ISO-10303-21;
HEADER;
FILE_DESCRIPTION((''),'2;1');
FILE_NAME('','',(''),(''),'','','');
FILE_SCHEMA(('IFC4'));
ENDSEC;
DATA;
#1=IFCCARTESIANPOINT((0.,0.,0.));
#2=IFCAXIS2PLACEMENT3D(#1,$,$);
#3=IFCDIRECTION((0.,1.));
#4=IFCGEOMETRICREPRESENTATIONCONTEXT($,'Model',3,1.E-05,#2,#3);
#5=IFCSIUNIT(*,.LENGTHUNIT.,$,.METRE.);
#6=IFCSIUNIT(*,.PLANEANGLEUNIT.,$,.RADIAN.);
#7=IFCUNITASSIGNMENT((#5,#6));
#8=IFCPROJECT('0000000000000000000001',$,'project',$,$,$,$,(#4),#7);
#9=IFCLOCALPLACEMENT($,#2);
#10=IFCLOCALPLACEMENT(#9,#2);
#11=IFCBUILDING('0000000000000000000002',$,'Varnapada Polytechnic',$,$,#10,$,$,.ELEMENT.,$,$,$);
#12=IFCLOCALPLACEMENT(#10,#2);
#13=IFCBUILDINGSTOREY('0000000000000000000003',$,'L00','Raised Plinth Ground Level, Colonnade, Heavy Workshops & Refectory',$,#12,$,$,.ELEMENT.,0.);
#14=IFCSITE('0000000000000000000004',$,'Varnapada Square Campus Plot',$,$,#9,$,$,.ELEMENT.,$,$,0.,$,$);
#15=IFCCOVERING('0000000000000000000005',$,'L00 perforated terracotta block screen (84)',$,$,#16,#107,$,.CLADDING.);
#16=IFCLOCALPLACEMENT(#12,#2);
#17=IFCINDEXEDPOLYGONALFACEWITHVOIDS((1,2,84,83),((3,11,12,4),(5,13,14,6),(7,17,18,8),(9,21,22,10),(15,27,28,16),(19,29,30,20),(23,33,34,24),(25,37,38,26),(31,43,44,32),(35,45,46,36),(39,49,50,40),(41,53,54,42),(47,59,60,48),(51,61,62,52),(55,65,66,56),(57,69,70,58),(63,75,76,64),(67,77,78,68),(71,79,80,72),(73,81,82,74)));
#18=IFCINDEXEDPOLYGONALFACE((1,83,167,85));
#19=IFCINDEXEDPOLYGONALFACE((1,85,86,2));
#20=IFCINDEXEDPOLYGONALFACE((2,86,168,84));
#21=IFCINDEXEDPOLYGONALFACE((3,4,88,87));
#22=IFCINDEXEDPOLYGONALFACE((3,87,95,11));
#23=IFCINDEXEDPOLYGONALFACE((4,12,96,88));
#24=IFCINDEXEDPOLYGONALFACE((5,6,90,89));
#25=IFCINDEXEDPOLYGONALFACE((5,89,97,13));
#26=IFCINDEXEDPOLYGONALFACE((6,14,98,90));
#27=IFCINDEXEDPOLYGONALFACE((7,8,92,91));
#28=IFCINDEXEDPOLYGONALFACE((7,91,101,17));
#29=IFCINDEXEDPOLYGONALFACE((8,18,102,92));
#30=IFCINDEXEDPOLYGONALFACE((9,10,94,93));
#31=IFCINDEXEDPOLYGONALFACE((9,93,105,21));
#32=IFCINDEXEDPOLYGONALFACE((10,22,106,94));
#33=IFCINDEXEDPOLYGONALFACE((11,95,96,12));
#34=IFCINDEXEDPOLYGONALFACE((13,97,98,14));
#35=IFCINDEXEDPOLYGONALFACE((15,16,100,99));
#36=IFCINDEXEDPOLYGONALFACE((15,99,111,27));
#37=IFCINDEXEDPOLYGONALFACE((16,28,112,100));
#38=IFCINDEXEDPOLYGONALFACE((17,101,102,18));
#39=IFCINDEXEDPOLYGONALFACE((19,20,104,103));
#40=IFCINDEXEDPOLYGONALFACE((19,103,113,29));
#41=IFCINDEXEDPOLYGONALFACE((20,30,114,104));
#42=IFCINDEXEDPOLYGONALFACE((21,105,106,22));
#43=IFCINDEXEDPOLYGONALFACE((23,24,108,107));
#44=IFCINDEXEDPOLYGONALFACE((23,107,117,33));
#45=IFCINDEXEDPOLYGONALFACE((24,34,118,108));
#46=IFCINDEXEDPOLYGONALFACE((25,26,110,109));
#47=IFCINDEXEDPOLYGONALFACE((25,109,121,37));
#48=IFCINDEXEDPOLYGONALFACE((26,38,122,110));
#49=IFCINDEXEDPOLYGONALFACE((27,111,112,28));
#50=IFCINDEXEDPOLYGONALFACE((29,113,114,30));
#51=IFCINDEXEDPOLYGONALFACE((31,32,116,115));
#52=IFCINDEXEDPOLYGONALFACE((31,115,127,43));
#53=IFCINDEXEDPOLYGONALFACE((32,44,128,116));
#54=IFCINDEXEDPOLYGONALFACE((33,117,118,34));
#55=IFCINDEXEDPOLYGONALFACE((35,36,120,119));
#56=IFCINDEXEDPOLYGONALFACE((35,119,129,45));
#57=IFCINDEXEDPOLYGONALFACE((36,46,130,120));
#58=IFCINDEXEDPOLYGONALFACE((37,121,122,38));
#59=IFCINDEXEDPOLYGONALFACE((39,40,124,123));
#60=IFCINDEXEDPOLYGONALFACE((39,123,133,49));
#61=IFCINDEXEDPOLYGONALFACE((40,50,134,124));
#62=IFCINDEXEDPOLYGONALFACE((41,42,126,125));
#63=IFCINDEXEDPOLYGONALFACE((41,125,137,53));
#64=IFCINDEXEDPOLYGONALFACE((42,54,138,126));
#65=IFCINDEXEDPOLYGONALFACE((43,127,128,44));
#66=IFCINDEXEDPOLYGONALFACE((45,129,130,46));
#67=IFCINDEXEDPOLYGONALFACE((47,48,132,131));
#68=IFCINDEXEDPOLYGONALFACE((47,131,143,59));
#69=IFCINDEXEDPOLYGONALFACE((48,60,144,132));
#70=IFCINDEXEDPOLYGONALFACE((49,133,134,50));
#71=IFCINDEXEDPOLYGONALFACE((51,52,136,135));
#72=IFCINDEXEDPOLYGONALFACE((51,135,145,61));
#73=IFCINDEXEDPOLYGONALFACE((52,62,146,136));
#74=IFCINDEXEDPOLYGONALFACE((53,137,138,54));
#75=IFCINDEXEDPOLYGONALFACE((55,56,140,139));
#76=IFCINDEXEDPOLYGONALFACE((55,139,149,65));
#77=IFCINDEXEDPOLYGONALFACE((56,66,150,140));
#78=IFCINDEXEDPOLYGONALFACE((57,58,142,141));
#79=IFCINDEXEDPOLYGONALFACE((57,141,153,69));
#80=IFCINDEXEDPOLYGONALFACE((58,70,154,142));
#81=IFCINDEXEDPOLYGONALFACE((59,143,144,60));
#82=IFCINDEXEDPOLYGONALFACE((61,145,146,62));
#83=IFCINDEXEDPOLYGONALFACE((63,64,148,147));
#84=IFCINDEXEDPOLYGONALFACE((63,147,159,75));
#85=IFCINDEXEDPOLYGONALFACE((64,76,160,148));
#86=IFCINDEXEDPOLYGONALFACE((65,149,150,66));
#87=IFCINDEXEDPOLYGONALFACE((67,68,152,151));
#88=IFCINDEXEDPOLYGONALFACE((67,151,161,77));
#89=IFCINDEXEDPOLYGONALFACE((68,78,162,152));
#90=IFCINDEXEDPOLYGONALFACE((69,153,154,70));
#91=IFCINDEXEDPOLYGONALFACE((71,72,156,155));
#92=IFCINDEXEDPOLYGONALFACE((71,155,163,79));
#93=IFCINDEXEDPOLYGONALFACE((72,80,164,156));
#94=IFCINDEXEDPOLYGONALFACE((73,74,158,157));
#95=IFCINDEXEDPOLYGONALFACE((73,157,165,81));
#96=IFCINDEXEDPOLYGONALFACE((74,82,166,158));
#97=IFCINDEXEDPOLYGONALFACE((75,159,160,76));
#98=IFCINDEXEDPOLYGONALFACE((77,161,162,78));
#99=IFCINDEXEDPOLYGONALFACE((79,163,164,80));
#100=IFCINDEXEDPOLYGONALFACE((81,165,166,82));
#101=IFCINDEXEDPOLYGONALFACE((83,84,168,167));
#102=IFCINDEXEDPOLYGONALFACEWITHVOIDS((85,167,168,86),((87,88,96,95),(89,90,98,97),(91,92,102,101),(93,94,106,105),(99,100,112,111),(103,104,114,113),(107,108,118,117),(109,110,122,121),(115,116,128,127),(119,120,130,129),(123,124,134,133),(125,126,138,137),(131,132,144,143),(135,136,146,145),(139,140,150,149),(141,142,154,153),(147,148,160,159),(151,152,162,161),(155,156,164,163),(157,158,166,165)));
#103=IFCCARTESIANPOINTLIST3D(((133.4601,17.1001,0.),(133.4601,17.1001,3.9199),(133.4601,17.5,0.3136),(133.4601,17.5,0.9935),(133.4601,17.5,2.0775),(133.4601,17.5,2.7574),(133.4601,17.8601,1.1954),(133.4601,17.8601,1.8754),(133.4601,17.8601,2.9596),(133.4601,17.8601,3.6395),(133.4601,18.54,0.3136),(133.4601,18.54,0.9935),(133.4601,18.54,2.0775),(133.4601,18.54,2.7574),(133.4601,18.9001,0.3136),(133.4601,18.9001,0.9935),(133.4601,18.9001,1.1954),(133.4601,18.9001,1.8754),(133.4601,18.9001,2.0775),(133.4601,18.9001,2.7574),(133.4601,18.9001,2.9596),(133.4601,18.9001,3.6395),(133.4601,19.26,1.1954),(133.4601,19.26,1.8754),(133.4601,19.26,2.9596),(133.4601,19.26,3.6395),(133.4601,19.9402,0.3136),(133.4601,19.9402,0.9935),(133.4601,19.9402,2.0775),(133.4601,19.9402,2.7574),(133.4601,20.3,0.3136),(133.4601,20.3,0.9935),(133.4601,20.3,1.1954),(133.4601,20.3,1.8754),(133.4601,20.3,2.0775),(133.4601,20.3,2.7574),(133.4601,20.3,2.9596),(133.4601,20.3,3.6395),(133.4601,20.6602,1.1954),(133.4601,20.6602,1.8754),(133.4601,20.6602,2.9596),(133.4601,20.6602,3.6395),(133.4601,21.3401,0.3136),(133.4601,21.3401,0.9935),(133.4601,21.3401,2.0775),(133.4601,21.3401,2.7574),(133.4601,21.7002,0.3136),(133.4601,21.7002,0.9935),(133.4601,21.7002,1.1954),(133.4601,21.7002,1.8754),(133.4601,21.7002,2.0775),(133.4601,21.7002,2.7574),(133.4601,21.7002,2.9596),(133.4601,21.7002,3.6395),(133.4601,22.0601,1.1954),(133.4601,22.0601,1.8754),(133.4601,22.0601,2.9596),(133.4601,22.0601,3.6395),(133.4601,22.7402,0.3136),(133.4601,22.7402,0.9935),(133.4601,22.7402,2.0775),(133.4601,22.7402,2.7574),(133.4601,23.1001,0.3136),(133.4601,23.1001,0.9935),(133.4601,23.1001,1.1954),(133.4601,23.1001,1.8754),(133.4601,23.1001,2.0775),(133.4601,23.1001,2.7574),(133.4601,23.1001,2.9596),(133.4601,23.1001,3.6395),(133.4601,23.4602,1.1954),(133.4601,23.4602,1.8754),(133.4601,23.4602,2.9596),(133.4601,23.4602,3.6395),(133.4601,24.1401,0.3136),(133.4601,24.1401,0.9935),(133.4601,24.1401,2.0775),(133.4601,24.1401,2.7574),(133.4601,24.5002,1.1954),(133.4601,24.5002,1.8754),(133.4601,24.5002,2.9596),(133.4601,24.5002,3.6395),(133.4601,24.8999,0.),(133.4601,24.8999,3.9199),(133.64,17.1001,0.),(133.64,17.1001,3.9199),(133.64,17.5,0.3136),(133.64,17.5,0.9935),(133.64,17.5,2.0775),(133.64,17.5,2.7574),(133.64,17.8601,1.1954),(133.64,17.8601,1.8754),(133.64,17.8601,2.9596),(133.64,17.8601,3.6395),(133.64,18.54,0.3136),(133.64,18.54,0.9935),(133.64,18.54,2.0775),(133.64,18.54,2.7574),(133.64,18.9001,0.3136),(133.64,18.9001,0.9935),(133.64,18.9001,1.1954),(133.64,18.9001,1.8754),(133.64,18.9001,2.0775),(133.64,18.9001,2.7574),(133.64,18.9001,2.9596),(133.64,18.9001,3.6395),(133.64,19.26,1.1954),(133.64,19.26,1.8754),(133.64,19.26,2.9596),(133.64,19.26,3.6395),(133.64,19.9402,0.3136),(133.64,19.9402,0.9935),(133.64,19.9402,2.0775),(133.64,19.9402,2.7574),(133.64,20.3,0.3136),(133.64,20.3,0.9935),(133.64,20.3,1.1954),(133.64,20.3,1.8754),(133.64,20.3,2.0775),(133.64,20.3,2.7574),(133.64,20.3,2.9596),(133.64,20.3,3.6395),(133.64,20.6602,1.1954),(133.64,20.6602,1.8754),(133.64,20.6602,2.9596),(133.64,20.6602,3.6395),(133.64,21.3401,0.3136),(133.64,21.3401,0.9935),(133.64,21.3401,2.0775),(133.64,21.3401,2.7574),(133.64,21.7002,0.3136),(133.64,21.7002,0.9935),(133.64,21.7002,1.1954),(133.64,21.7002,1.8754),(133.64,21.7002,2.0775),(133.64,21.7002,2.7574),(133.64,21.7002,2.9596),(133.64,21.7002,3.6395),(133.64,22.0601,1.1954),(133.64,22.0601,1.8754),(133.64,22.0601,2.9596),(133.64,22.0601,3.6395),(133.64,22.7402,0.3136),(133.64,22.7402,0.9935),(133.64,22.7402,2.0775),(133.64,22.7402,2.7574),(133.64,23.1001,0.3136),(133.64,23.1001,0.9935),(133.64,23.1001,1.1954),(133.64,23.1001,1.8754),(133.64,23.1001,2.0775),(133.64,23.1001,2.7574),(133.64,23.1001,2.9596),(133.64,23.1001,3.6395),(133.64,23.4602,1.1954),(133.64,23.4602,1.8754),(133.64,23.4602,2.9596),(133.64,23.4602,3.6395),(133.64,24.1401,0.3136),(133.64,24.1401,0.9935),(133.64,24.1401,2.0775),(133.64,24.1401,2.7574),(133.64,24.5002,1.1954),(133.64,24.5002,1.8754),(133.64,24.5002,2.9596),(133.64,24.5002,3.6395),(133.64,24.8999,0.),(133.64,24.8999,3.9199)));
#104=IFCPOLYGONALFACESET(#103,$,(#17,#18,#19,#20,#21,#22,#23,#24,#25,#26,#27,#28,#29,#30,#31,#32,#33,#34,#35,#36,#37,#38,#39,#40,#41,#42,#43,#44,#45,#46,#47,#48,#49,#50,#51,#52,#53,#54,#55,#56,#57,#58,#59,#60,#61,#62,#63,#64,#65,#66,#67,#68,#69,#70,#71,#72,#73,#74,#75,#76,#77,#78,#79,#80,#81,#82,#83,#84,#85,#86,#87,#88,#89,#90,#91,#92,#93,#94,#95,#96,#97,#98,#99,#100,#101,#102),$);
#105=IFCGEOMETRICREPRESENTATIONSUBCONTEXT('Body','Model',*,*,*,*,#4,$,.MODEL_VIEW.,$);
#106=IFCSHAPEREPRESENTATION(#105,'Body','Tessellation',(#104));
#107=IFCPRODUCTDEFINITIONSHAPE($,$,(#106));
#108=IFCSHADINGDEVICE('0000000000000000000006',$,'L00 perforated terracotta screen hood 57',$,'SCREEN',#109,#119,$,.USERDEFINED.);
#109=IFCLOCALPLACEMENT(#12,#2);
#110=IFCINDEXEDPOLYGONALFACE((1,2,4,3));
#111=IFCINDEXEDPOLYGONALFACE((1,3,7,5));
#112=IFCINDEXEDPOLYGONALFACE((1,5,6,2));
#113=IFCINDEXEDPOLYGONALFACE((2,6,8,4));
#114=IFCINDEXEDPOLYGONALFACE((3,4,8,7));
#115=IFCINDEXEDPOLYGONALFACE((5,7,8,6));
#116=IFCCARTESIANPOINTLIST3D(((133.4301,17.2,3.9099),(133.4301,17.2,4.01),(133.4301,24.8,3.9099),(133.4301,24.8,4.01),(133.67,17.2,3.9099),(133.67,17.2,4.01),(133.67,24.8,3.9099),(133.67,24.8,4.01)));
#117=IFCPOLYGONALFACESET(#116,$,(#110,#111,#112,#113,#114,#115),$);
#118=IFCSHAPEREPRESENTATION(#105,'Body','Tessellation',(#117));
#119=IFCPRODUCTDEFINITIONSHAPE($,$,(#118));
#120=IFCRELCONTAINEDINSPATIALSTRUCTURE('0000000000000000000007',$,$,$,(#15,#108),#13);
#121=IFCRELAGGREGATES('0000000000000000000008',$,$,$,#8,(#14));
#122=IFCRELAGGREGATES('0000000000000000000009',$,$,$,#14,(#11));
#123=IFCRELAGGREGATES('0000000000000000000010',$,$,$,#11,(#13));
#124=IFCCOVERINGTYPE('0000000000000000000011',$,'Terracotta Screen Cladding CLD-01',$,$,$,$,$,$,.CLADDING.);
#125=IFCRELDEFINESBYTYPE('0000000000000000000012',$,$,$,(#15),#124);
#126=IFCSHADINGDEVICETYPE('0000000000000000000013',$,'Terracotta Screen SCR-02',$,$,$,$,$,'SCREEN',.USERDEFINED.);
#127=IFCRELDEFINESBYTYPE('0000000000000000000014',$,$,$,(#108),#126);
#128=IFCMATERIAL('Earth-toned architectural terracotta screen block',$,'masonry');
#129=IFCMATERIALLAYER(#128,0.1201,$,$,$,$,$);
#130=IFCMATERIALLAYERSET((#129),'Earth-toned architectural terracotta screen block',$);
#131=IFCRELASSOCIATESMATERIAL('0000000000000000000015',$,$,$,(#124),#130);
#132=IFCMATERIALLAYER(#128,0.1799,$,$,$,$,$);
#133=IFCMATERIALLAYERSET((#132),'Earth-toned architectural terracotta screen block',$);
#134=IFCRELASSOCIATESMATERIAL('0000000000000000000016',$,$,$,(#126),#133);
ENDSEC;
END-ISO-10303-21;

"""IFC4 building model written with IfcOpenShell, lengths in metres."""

from ifc_helpers import new_model, si_unit, direction, frame, frame_2d, origin, origin_2d, place, context, subcontext, project, spatial, rectangle, extrude, material, layer, layer_set, type_object, element, save


model = new_model("IFC4")

# Units and contexts
model_context = context("Model", 3, precision=1e-05, world=origin(), true_north=direction((0.0, 1.0)))
body_context = subcontext(model_context, "Body", "Model", "MODEL_VIEW")
ifc_project = project(units=[si_unit("LENGTHUNIT", "METRE"), si_unit("PLANEANGLEUNIT", "RADIAN")], contexts=[model_context])

# Site, building, storey
site_placement = place(None, origin())
site = spatial("IfcSite", under=ifc_project, at=site_placement, Name="Varnapada Square Campus Plot", CompositionType="ELEMENT", RefElevation=0.0)
building_placement = place(site_placement, origin())
building = spatial("IfcBuilding", under=site, at=building_placement, Name="Varnapada Polytechnic", CompositionType="ELEMENT")
storey_placement = place(building_placement, origin())
storey = spatial("IfcBuildingStorey", under=building, at=storey_placement, Name="L00", Description="Raised Plinth Ground Level, Colonnade, Heavy Workshops & Refectory", CompositionType="ELEMENT", Elevation=0.0)

# Covering, openings
ifc_material_1 = material(Name="Earth-toned architectural terracotta screen block", Category="masonry")
ifc_layer_1 = layer(ifc_material_1, 0.1201)
ifc_layer_set_1 = layer_set([ifc_layer_1], Name="Earth-toned architectural terracotta screen block")
covering_type = type_object("IfcCoveringType", Name="Terracotta Screen Cladding CLD-01", PredefinedType="CLADDING", material=ifc_layer_set_1)
covering_placement = place(storey_placement, frame((133.55, 17.1001, 0.0), z_axis=(0.0, 0.0, 1.0), x_axis=(0.0, 1.0, 0.0)))
covering = element("IfcCovering", 1, at=covering_placement, inside=storey, type_object=covering_type, Name="L00 perforated terracotta block screen (84)", PredefinedType="CLADDING", context=body_context, shape_type="SweptSolid", body=[
    extrude(rectangle(XDim=7.7998, YDim=0.1799, at=frame_2d((3.8999, 0.0))), origin(), (0.0, 0.0, 1.0), 3.9199),
])
opening_1_placement = place(covering_placement, frame((0.3999, 0.0, 0.3137)))
element("IfcOpeningElement", 2, at=opening_1_placement, cuts=covering, PredefinedType="OPENING", context=body_context, shape_type="SweptSolid", body=[
    extrude(rectangle(XDim=1.04, YDim=0.6799, at=frame_2d((0.52, 0.3398))), frame((0.0, 0.0999, 0.0), z_axis=(0.0, -1.0, 0.0), x_axis=(1.0, 0.0, 0.0)), (0.0, 0.0, 1.0), 0.2),
])
opening_2_placement = place(covering_placement, frame((1.8, 0.0, 0.3137)))
element("IfcOpeningElement", 3, at=opening_2_placement, cuts=covering, PredefinedType="OPENING", context=body_context, shape_type="SweptSolid", body=[
    extrude(rectangle(XDim=1.04, YDim=0.6799, at=frame_2d((0.52, 0.3398))), frame((0.0, 0.0999, 0.0), z_axis=(0.0, -1.0, 0.0), x_axis=(1.0, 0.0, 0.0)), (0.0, 0.0, 1.0), 0.2),
])
opening_3_placement = place(covering_placement, frame((3.2, 0.0, 0.3137)))
element("IfcOpeningElement", 4, at=opening_3_placement, cuts=covering, PredefinedType="OPENING", context=body_context, shape_type="SweptSolid", body=[
    extrude(rectangle(XDim=1.04, YDim=0.6799, at=frame_2d((0.52, 0.3398))), frame((0.0, 0.0999, 0.0), z_axis=(0.0, -1.0, 0.0), x_axis=(1.0, 0.0, 0.0)), (0.0, 0.0, 1.0), 0.2),
])
opening_4_placement = place(covering_placement, frame((4.6001, 0.0, 0.3137)))
element("IfcOpeningElement", 5, at=opening_4_placement, cuts=covering, PredefinedType="OPENING", context=body_context, shape_type="SweptSolid", body=[
    extrude(rectangle(XDim=1.04, YDim=0.6799, at=frame_2d((0.52, 0.3398))), frame((0.0, 0.0999, 0.0), z_axis=(0.0, -1.0, 0.0), x_axis=(1.0, 0.0, 0.0)), (0.0, 0.0, 1.0), 0.2),
])
opening_5_placement = place(covering_placement, frame((6.0, 0.0, 0.3137)))
element("IfcOpeningElement", 6, at=opening_5_placement, cuts=covering, PredefinedType="OPENING", context=body_context, shape_type="SweptSolid", body=[
    extrude(rectangle(XDim=1.04, YDim=0.6799, at=frame_2d((0.52, 0.3398))), frame((0.0, 0.0999, 0.0), z_axis=(0.0, -1.0, 0.0), x_axis=(1.0, 0.0, 0.0)), (0.0, 0.0, 1.0), 0.2),
])
opening_6_placement = place(covering_placement, frame((0.76, 0.0, 1.1956)))
element("IfcOpeningElement", 7, at=opening_6_placement, cuts=covering, PredefinedType="OPENING", context=body_context, shape_type="SweptSolid", body=[
    extrude(rectangle(XDim=1.04, YDim=0.6799, at=frame_2d((0.52, 0.3398))), frame((0.0, 0.0999, 0.0), z_axis=(0.0, -1.0, 0.0), x_axis=(1.0, 0.0, 0.0)), (0.0, 0.0, 1.0), 0.2),
])
opening_7_placement = place(covering_placement, frame((2.1599, 0.0, 1.1956)))
element("IfcOpeningElement", 8, at=opening_7_placement, cuts=covering, PredefinedType="OPENING", context=body_context, shape_type="SweptSolid", body=[
    extrude(rectangle(XDim=1.04, YDim=0.6799, at=frame_2d((0.52, 0.3398))), frame((0.0, 0.0999, 0.0), z_axis=(0.0, -1.0, 0.0), x_axis=(1.0, 0.0, 0.0)), (0.0, 0.0, 1.0), 0.2),
])
opening_8_placement = place(covering_placement, frame((3.5601, 0.0, 1.1956)))
element("IfcOpeningElement", 9, at=opening_8_placement, cuts=covering, PredefinedType="OPENING", context=body_context, shape_type="SweptSolid", body=[
    extrude(rectangle(XDim=1.04, YDim=0.6799, at=frame_2d((0.52, 0.3398))), frame((0.0, 0.0999, 0.0), z_axis=(0.0, -1.0, 0.0), x_axis=(1.0, 0.0, 0.0)), (0.0, 0.0, 1.0), 0.2),
])
opening_9_placement = place(covering_placement, frame((4.96, 0.0, 1.1956)))
element("IfcOpeningElement", 10, at=opening_9_placement, cuts=covering, PredefinedType="OPENING", context=body_context, shape_type="SweptSolid", body=[
    extrude(rectangle(XDim=1.04, YDim=0.6799, at=frame_2d((0.52, 0.3398))), frame((0.0, 0.0999, 0.0), z_axis=(0.0, -1.0, 0.0), x_axis=(1.0, 0.0, 0.0)), (0.0, 0.0, 1.0), 0.2),
])
opening_10_placement = place(covering_placement, frame((6.3601, 0.0, 1.1956)))
element("IfcOpeningElement", 11, at=opening_10_placement, cuts=covering, PredefinedType="OPENING", context=body_context, shape_type="SweptSolid", body=[
    extrude(rectangle(XDim=1.04, YDim=0.6799, at=frame_2d((0.52, 0.3398))), frame((0.0, 0.0999, 0.0), z_axis=(0.0, -1.0, 0.0), x_axis=(1.0, 0.0, 0.0)), (0.0, 0.0, 1.0), 0.2),
])
opening_11_placement = place(covering_placement, frame((0.3999, 0.0, 2.0776)))
element("IfcOpeningElement", 12, at=opening_11_placement, cuts=covering, PredefinedType="OPENING", context=body_context, shape_type="SweptSolid", body=[
    extrude(rectangle(XDim=1.04, YDim=0.6799, at=frame_2d((0.52, 0.3398))), frame((0.0, 0.0999, 0.0), z_axis=(0.0, -1.0, 0.0), x_axis=(1.0, 0.0, 0.0)), (0.0, 0.0, 1.0), 0.2),
])
opening_12_placement = place(covering_placement, frame((1.8, 0.0, 2.0776)))
element("IfcOpeningElement", 13, at=opening_12_placement, cuts=covering, PredefinedType="OPENING", context=body_context, shape_type="SweptSolid", body=[
    extrude(rectangle(XDim=1.04, YDim=0.6799, at=frame_2d((0.52, 0.3398))), frame((0.0, 0.0999, 0.0), z_axis=(0.0, -1.0, 0.0), x_axis=(1.0, 0.0, 0.0)), (0.0, 0.0, 1.0), 0.2),
])
opening_13_placement = place(covering_placement, frame((3.2, 0.0, 2.0776)))
element("IfcOpeningElement", 14, at=opening_13_placement, cuts=covering, PredefinedType="OPENING", context=body_context, shape_type="SweptSolid", body=[
    extrude(rectangle(XDim=1.04, YDim=0.6799, at=frame_2d((0.52, 0.3398))), frame((0.0, 0.0999, 0.0), z_axis=(0.0, -1.0, 0.0), x_axis=(1.0, 0.0, 0.0)), (0.0, 0.0, 1.0), 0.2),
])
opening_14_placement = place(covering_placement, frame((4.6001, 0.0, 2.0776)))
element("IfcOpeningElement", 15, at=opening_14_placement, cuts=covering, PredefinedType="OPENING", context=body_context, shape_type="SweptSolid", body=[
    extrude(rectangle(XDim=1.04, YDim=0.6799, at=frame_2d((0.52, 0.3398))), frame((0.0, 0.0999, 0.0), z_axis=(0.0, -1.0, 0.0), x_axis=(1.0, 0.0, 0.0)), (0.0, 0.0, 1.0), 0.2),
])
opening_15_placement = place(covering_placement, frame((6.0, 0.0, 2.0776)))
element("IfcOpeningElement", 16, at=opening_15_placement, cuts=covering, PredefinedType="OPENING", context=body_context, shape_type="SweptSolid", body=[
    extrude(rectangle(XDim=1.04, YDim=0.6799, at=frame_2d((0.52, 0.3398))), frame((0.0, 0.0999, 0.0), z_axis=(0.0, -1.0, 0.0), x_axis=(1.0, 0.0, 0.0)), (0.0, 0.0, 1.0), 0.2),
])
opening_16_placement = place(covering_placement, frame((0.76, 0.0, 2.9597)))
element("IfcOpeningElement", 17, at=opening_16_placement, cuts=covering, PredefinedType="OPENING", context=body_context, shape_type="SweptSolid", body=[
    extrude(rectangle(XDim=1.04, YDim=0.6799, at=frame_2d((0.52, 0.3398))), frame((0.0, 0.0999, 0.0), z_axis=(0.0, -1.0, 0.0), x_axis=(1.0, 0.0, 0.0)), (0.0, 0.0, 1.0), 0.2),
])
opening_17_placement = place(covering_placement, frame((2.1599, 0.0, 2.9597)))
element("IfcOpeningElement", 18, at=opening_17_placement, cuts=covering, PredefinedType="OPENING", context=body_context, shape_type="SweptSolid", body=[
    extrude(rectangle(XDim=1.04, YDim=0.6799, at=frame_2d((0.52, 0.3398))), frame((0.0, 0.0999, 0.0), z_axis=(0.0, -1.0, 0.0), x_axis=(1.0, 0.0, 0.0)), (0.0, 0.0, 1.0), 0.2),
])
opening_18_placement = place(covering_placement, frame((3.5601, 0.0, 2.9597)))
element("IfcOpeningElement", 19, at=opening_18_placement, cuts=covering, PredefinedType="OPENING", context=body_context, shape_type="SweptSolid", body=[
    extrude(rectangle(XDim=1.04, YDim=0.6799, at=frame_2d((0.52, 0.3398))), frame((0.0, 0.0999, 0.0), z_axis=(0.0, -1.0, 0.0), x_axis=(1.0, 0.0, 0.0)), (0.0, 0.0, 1.0), 0.2),
])
opening_19_placement = place(covering_placement, frame((4.96, 0.0, 2.9597)))
element("IfcOpeningElement", 20, at=opening_19_placement, cuts=covering, PredefinedType="OPENING", context=body_context, shape_type="SweptSolid", body=[
    extrude(rectangle(XDim=1.04, YDim=0.6799, at=frame_2d((0.52, 0.3398))), frame((0.0, 0.0999, 0.0), z_axis=(0.0, -1.0, 0.0), x_axis=(1.0, 0.0, 0.0)), (0.0, 0.0, 1.0), 0.2),
])
opening_20_placement = place(covering_placement, frame((6.3601, 0.0, 2.9597)))
element("IfcOpeningElement", 21, at=opening_20_placement, cuts=covering, PredefinedType="OPENING", context=body_context, shape_type="SweptSolid", body=[
    extrude(rectangle(XDim=1.04, YDim=0.6799, at=frame_2d((0.52, 0.3398))), frame((0.0, 0.0999, 0.0), z_axis=(0.0, -1.0, 0.0), x_axis=(1.0, 0.0, 0.0)), (0.0, 0.0, 1.0), 0.2),
])

# Shading device
ifc_layer_2 = layer(ifc_material_1, 0.1799)
ifc_layer_set_2 = layer_set([ifc_layer_2], Name="Earth-toned architectural terracotta screen block")
shading_device_type = type_object("IfcShadingDeviceType", Name="Terracotta Screen SCR-02", ElementType="SCREEN", PredefinedType="USERDEFINED", material=ifc_layer_set_2)
shading_device_placement = place(storey_placement, frame((133.55, 21.0, 3.9099), z_axis=(0.0, 0.0, 1.0), x_axis=(0.0, 1.0, 0.0)))
element("IfcShadingDevice", 22, at=shading_device_placement, inside=storey, type_object=shading_device_type, Name="L00 perforated terracotta screen hood 57", ObjectType="SCREEN", PredefinedType="USERDEFINED", context=body_context, shape_type="SweptSolid", body=[
    extrude(rectangle(XDim=7.6001, YDim=0.24, at=origin_2d()), origin(), (0.0, 0.0, 1.0), 0.1001),
])

save(model, "model.ifc")
